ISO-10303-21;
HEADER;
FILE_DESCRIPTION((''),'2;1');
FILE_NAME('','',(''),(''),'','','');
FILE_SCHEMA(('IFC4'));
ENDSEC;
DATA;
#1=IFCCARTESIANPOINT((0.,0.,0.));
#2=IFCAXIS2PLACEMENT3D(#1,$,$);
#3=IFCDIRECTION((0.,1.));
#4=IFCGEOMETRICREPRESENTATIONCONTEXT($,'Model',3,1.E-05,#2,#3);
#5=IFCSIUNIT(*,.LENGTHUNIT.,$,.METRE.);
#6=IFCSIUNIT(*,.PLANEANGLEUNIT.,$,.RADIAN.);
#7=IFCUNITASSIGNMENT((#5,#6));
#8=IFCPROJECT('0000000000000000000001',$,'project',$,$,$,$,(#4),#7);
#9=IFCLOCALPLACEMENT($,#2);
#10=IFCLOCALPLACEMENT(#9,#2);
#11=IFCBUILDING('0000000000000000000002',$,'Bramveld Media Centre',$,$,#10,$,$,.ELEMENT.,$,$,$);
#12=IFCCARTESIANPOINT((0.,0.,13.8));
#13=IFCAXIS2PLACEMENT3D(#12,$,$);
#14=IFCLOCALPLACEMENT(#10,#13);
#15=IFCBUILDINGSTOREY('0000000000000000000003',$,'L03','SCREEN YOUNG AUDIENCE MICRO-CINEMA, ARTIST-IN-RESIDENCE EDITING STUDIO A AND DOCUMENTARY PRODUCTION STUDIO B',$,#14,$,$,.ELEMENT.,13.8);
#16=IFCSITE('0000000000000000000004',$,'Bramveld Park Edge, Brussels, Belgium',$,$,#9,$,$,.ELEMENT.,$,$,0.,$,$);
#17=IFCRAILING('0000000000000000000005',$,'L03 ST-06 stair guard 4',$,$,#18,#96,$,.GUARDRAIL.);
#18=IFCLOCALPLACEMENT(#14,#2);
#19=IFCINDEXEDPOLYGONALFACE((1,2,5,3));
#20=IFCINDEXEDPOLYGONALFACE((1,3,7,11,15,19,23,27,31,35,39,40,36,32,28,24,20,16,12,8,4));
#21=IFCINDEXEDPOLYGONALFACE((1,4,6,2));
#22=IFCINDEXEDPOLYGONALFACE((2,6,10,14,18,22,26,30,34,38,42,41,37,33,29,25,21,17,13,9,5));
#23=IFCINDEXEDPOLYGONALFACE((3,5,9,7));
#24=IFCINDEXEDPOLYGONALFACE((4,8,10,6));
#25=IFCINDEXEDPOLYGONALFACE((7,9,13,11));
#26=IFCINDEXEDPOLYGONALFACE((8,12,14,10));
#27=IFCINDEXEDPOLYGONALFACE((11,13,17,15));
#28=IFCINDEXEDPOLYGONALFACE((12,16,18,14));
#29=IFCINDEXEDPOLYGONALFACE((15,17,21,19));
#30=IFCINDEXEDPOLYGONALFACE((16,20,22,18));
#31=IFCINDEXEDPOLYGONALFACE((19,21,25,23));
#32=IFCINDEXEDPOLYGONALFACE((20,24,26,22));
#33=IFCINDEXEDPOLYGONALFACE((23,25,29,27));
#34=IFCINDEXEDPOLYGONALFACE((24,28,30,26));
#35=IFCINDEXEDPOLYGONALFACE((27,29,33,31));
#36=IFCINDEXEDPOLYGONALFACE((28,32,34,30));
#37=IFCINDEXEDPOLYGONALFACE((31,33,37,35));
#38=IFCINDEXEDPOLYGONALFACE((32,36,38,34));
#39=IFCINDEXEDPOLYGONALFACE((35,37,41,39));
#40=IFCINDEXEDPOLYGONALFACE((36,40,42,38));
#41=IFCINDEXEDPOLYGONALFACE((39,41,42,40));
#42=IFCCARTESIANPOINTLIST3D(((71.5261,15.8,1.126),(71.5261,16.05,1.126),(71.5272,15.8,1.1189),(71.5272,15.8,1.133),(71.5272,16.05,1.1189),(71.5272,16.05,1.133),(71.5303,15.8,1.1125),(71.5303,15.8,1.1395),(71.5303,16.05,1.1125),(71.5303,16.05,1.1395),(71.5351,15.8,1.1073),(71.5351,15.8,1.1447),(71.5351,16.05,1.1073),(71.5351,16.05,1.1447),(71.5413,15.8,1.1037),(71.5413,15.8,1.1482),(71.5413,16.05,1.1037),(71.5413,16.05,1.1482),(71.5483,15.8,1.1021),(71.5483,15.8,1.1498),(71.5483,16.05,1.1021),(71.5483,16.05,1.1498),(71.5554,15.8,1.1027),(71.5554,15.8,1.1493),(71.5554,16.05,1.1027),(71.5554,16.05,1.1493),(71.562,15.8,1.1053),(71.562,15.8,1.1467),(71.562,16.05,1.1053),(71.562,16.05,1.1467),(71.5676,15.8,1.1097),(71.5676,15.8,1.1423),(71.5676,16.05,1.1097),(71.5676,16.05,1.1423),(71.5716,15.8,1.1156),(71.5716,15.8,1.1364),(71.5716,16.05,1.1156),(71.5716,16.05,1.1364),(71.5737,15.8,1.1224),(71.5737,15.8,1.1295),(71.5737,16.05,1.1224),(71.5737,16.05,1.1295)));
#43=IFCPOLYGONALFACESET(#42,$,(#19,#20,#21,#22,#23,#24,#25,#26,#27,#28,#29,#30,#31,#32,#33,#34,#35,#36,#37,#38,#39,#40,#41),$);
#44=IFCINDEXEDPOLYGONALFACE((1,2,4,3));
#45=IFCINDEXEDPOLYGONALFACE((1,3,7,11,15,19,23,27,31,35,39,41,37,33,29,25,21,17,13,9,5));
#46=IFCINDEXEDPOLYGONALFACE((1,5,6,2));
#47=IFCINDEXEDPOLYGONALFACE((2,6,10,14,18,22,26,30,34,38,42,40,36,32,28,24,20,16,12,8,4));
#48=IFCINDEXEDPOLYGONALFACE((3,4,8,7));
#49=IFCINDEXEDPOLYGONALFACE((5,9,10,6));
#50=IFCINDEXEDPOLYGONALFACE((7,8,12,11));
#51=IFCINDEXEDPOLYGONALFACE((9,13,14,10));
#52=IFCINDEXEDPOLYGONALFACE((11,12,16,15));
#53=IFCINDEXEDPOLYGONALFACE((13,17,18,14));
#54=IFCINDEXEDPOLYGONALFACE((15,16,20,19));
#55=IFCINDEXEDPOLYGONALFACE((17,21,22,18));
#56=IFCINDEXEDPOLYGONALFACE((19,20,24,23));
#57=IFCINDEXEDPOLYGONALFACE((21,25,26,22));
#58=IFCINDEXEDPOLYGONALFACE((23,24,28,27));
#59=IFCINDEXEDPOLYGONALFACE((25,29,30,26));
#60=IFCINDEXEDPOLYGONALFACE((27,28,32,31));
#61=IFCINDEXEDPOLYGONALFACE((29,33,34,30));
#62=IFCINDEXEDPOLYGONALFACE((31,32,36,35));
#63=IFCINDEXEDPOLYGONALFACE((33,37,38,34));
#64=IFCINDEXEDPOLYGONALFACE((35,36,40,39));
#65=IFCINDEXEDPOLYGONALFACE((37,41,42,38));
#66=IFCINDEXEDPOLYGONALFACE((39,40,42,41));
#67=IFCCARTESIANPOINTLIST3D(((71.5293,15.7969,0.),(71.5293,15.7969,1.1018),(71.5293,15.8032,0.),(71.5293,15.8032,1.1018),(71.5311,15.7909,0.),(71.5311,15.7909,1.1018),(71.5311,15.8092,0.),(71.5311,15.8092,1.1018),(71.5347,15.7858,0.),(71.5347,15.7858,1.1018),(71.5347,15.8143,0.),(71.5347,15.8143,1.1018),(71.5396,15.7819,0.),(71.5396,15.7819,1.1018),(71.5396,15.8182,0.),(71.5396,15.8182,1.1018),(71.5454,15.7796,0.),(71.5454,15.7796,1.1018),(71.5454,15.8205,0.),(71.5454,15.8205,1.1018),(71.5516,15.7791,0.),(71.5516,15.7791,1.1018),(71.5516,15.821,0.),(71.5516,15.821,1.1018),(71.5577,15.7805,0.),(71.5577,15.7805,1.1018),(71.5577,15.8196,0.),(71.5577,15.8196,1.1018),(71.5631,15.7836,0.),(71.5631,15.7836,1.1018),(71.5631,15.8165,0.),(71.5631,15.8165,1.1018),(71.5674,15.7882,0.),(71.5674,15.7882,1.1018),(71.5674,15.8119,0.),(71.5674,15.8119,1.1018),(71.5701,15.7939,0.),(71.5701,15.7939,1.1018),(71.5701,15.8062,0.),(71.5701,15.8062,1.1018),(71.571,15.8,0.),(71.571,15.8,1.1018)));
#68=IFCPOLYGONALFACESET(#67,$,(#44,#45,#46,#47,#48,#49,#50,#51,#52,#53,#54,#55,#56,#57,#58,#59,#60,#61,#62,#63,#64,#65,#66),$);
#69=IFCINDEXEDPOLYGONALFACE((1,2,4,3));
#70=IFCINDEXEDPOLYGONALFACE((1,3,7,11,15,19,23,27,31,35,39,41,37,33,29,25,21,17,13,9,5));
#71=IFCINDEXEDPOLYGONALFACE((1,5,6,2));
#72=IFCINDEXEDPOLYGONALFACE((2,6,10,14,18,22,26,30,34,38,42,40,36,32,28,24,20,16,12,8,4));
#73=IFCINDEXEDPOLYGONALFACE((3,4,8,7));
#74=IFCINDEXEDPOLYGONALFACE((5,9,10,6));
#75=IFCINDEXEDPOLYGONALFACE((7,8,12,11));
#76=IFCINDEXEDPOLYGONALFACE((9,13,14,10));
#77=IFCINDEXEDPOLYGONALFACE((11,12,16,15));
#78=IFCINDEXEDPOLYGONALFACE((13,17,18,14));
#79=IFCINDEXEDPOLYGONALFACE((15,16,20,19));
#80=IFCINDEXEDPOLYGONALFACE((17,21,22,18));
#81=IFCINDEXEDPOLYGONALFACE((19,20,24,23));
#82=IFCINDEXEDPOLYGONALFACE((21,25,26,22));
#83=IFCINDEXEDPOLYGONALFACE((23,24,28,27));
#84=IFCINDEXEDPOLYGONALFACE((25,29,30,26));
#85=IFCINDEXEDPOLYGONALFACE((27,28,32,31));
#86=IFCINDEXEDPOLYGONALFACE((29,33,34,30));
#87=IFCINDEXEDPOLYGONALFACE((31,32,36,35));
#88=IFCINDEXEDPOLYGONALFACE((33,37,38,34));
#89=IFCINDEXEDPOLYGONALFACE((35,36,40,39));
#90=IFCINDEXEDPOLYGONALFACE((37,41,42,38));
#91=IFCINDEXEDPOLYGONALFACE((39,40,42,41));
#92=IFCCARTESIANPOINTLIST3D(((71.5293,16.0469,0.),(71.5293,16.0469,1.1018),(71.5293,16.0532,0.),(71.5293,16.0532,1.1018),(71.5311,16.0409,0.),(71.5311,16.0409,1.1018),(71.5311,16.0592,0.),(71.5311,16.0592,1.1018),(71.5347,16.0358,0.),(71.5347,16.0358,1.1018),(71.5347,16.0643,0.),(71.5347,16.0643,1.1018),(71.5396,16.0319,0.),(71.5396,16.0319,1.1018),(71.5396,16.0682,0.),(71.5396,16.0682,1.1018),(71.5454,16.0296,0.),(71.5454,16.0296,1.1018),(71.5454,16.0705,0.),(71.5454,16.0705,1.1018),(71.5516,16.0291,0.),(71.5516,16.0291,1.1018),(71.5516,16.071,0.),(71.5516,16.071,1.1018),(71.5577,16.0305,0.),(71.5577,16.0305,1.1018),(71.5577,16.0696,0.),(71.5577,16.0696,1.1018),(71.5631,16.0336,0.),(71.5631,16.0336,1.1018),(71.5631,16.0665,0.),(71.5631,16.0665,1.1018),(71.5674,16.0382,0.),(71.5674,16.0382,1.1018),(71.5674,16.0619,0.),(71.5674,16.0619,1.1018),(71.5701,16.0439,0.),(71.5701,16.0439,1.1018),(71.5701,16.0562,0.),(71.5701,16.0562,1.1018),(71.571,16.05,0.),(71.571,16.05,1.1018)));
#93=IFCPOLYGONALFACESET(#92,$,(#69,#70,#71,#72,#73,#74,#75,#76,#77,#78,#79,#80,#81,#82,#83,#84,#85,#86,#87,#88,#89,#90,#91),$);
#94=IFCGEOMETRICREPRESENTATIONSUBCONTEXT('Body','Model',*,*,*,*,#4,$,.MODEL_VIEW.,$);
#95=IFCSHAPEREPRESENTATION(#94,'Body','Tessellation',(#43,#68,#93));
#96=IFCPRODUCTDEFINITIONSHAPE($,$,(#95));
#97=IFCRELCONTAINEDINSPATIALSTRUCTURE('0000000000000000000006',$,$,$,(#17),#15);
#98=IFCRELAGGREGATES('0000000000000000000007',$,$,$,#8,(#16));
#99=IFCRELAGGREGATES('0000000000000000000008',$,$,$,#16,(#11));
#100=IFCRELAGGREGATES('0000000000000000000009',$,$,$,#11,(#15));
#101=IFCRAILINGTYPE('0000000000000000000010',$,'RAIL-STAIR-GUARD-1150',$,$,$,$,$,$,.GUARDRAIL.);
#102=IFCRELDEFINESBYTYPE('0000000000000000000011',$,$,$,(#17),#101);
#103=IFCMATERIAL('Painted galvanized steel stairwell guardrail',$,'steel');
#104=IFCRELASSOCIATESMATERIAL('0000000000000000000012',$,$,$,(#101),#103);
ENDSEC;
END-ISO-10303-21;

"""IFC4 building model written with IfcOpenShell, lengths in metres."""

from ifc_helpers import new_model, si_unit, direction, frame, origin, origin_2d, place, context, subcontext, project, spatial, circle, extrude, material, type_object, element, save


model = new_model("IFC4")

# Units and contexts
model_context = context("Model", 3, precision=1e-05, world=origin(), true_north=direction((0.0, 1.0)))
body_context = subcontext(model_context, "Body", "Model", "MODEL_VIEW")
ifc_project = project(units=[si_unit("LENGTHUNIT", "METRE"), si_unit("PLANEANGLEUNIT", "RADIAN")], contexts=[model_context])

# Site, building, storey
site_placement = place(None, origin())
site = spatial("IfcSite", under=ifc_project, at=site_placement, Name="Bramveld Park Edge, Brussels, Belgium", CompositionType="ELEMENT", RefElevation=0.0)
building_placement = place(site_placement, origin())
building = spatial("IfcBuilding", under=site, at=building_placement, Name="Bramveld Media Centre", CompositionType="ELEMENT")
storey_placement = place(building_placement, frame((0.0, 0.0, 13.8)))
storey = spatial("IfcBuildingStorey", under=building, at=storey_placement, Name="L03", Description="SCREEN YOUNG AUDIENCE MICRO-CINEMA, ARTIST-IN-RESIDENCE EDITING STUDIO A AND DOCUMENTARY PRODUCTION STUDIO B", CompositionType="ELEMENT", Elevation=13.8)

# Railing
ifc_material_1 = material(Name="Painted galvanized steel stairwell guardrail", Category="steel")
railing_type_1 = type_object("IfcRailingType", Name="RAIL-STAIR-GUARD-1150", PredefinedType="GUARDRAIL", material=ifc_material_1)
railing_1_placement = place(storey_placement, frame((71.55, 15.8, 0.0)))
element("IfcRailing", 1, at=railing_1_placement, inside=storey, type_object=railing_type_1, Name="L03 ST-06 stair guard 4", PredefinedType="GUARDRAIL", context=body_context, shape_type="SweptSolid", body=[
    extrude(circle(Radius=0.0239, at=origin_2d()), frame((0.0, 0.0, 1.126), z_axis=(0.0, 1.0, 0.0), x_axis=(-1.0, 0.0, 0.0)), (0.0, 0.0, 1.0), 0.25),
    extrude(circle(Radius=0.021, at=origin_2d()), origin(), (0.0, 0.0, 1.0), 1.1018),
    extrude(circle(Radius=0.021, at=origin_2d()), frame((0.0, 0.25, 0.0)), (0.0, 0.0, 1.0), 1.1018),
])

save(model, "model.ifc")
